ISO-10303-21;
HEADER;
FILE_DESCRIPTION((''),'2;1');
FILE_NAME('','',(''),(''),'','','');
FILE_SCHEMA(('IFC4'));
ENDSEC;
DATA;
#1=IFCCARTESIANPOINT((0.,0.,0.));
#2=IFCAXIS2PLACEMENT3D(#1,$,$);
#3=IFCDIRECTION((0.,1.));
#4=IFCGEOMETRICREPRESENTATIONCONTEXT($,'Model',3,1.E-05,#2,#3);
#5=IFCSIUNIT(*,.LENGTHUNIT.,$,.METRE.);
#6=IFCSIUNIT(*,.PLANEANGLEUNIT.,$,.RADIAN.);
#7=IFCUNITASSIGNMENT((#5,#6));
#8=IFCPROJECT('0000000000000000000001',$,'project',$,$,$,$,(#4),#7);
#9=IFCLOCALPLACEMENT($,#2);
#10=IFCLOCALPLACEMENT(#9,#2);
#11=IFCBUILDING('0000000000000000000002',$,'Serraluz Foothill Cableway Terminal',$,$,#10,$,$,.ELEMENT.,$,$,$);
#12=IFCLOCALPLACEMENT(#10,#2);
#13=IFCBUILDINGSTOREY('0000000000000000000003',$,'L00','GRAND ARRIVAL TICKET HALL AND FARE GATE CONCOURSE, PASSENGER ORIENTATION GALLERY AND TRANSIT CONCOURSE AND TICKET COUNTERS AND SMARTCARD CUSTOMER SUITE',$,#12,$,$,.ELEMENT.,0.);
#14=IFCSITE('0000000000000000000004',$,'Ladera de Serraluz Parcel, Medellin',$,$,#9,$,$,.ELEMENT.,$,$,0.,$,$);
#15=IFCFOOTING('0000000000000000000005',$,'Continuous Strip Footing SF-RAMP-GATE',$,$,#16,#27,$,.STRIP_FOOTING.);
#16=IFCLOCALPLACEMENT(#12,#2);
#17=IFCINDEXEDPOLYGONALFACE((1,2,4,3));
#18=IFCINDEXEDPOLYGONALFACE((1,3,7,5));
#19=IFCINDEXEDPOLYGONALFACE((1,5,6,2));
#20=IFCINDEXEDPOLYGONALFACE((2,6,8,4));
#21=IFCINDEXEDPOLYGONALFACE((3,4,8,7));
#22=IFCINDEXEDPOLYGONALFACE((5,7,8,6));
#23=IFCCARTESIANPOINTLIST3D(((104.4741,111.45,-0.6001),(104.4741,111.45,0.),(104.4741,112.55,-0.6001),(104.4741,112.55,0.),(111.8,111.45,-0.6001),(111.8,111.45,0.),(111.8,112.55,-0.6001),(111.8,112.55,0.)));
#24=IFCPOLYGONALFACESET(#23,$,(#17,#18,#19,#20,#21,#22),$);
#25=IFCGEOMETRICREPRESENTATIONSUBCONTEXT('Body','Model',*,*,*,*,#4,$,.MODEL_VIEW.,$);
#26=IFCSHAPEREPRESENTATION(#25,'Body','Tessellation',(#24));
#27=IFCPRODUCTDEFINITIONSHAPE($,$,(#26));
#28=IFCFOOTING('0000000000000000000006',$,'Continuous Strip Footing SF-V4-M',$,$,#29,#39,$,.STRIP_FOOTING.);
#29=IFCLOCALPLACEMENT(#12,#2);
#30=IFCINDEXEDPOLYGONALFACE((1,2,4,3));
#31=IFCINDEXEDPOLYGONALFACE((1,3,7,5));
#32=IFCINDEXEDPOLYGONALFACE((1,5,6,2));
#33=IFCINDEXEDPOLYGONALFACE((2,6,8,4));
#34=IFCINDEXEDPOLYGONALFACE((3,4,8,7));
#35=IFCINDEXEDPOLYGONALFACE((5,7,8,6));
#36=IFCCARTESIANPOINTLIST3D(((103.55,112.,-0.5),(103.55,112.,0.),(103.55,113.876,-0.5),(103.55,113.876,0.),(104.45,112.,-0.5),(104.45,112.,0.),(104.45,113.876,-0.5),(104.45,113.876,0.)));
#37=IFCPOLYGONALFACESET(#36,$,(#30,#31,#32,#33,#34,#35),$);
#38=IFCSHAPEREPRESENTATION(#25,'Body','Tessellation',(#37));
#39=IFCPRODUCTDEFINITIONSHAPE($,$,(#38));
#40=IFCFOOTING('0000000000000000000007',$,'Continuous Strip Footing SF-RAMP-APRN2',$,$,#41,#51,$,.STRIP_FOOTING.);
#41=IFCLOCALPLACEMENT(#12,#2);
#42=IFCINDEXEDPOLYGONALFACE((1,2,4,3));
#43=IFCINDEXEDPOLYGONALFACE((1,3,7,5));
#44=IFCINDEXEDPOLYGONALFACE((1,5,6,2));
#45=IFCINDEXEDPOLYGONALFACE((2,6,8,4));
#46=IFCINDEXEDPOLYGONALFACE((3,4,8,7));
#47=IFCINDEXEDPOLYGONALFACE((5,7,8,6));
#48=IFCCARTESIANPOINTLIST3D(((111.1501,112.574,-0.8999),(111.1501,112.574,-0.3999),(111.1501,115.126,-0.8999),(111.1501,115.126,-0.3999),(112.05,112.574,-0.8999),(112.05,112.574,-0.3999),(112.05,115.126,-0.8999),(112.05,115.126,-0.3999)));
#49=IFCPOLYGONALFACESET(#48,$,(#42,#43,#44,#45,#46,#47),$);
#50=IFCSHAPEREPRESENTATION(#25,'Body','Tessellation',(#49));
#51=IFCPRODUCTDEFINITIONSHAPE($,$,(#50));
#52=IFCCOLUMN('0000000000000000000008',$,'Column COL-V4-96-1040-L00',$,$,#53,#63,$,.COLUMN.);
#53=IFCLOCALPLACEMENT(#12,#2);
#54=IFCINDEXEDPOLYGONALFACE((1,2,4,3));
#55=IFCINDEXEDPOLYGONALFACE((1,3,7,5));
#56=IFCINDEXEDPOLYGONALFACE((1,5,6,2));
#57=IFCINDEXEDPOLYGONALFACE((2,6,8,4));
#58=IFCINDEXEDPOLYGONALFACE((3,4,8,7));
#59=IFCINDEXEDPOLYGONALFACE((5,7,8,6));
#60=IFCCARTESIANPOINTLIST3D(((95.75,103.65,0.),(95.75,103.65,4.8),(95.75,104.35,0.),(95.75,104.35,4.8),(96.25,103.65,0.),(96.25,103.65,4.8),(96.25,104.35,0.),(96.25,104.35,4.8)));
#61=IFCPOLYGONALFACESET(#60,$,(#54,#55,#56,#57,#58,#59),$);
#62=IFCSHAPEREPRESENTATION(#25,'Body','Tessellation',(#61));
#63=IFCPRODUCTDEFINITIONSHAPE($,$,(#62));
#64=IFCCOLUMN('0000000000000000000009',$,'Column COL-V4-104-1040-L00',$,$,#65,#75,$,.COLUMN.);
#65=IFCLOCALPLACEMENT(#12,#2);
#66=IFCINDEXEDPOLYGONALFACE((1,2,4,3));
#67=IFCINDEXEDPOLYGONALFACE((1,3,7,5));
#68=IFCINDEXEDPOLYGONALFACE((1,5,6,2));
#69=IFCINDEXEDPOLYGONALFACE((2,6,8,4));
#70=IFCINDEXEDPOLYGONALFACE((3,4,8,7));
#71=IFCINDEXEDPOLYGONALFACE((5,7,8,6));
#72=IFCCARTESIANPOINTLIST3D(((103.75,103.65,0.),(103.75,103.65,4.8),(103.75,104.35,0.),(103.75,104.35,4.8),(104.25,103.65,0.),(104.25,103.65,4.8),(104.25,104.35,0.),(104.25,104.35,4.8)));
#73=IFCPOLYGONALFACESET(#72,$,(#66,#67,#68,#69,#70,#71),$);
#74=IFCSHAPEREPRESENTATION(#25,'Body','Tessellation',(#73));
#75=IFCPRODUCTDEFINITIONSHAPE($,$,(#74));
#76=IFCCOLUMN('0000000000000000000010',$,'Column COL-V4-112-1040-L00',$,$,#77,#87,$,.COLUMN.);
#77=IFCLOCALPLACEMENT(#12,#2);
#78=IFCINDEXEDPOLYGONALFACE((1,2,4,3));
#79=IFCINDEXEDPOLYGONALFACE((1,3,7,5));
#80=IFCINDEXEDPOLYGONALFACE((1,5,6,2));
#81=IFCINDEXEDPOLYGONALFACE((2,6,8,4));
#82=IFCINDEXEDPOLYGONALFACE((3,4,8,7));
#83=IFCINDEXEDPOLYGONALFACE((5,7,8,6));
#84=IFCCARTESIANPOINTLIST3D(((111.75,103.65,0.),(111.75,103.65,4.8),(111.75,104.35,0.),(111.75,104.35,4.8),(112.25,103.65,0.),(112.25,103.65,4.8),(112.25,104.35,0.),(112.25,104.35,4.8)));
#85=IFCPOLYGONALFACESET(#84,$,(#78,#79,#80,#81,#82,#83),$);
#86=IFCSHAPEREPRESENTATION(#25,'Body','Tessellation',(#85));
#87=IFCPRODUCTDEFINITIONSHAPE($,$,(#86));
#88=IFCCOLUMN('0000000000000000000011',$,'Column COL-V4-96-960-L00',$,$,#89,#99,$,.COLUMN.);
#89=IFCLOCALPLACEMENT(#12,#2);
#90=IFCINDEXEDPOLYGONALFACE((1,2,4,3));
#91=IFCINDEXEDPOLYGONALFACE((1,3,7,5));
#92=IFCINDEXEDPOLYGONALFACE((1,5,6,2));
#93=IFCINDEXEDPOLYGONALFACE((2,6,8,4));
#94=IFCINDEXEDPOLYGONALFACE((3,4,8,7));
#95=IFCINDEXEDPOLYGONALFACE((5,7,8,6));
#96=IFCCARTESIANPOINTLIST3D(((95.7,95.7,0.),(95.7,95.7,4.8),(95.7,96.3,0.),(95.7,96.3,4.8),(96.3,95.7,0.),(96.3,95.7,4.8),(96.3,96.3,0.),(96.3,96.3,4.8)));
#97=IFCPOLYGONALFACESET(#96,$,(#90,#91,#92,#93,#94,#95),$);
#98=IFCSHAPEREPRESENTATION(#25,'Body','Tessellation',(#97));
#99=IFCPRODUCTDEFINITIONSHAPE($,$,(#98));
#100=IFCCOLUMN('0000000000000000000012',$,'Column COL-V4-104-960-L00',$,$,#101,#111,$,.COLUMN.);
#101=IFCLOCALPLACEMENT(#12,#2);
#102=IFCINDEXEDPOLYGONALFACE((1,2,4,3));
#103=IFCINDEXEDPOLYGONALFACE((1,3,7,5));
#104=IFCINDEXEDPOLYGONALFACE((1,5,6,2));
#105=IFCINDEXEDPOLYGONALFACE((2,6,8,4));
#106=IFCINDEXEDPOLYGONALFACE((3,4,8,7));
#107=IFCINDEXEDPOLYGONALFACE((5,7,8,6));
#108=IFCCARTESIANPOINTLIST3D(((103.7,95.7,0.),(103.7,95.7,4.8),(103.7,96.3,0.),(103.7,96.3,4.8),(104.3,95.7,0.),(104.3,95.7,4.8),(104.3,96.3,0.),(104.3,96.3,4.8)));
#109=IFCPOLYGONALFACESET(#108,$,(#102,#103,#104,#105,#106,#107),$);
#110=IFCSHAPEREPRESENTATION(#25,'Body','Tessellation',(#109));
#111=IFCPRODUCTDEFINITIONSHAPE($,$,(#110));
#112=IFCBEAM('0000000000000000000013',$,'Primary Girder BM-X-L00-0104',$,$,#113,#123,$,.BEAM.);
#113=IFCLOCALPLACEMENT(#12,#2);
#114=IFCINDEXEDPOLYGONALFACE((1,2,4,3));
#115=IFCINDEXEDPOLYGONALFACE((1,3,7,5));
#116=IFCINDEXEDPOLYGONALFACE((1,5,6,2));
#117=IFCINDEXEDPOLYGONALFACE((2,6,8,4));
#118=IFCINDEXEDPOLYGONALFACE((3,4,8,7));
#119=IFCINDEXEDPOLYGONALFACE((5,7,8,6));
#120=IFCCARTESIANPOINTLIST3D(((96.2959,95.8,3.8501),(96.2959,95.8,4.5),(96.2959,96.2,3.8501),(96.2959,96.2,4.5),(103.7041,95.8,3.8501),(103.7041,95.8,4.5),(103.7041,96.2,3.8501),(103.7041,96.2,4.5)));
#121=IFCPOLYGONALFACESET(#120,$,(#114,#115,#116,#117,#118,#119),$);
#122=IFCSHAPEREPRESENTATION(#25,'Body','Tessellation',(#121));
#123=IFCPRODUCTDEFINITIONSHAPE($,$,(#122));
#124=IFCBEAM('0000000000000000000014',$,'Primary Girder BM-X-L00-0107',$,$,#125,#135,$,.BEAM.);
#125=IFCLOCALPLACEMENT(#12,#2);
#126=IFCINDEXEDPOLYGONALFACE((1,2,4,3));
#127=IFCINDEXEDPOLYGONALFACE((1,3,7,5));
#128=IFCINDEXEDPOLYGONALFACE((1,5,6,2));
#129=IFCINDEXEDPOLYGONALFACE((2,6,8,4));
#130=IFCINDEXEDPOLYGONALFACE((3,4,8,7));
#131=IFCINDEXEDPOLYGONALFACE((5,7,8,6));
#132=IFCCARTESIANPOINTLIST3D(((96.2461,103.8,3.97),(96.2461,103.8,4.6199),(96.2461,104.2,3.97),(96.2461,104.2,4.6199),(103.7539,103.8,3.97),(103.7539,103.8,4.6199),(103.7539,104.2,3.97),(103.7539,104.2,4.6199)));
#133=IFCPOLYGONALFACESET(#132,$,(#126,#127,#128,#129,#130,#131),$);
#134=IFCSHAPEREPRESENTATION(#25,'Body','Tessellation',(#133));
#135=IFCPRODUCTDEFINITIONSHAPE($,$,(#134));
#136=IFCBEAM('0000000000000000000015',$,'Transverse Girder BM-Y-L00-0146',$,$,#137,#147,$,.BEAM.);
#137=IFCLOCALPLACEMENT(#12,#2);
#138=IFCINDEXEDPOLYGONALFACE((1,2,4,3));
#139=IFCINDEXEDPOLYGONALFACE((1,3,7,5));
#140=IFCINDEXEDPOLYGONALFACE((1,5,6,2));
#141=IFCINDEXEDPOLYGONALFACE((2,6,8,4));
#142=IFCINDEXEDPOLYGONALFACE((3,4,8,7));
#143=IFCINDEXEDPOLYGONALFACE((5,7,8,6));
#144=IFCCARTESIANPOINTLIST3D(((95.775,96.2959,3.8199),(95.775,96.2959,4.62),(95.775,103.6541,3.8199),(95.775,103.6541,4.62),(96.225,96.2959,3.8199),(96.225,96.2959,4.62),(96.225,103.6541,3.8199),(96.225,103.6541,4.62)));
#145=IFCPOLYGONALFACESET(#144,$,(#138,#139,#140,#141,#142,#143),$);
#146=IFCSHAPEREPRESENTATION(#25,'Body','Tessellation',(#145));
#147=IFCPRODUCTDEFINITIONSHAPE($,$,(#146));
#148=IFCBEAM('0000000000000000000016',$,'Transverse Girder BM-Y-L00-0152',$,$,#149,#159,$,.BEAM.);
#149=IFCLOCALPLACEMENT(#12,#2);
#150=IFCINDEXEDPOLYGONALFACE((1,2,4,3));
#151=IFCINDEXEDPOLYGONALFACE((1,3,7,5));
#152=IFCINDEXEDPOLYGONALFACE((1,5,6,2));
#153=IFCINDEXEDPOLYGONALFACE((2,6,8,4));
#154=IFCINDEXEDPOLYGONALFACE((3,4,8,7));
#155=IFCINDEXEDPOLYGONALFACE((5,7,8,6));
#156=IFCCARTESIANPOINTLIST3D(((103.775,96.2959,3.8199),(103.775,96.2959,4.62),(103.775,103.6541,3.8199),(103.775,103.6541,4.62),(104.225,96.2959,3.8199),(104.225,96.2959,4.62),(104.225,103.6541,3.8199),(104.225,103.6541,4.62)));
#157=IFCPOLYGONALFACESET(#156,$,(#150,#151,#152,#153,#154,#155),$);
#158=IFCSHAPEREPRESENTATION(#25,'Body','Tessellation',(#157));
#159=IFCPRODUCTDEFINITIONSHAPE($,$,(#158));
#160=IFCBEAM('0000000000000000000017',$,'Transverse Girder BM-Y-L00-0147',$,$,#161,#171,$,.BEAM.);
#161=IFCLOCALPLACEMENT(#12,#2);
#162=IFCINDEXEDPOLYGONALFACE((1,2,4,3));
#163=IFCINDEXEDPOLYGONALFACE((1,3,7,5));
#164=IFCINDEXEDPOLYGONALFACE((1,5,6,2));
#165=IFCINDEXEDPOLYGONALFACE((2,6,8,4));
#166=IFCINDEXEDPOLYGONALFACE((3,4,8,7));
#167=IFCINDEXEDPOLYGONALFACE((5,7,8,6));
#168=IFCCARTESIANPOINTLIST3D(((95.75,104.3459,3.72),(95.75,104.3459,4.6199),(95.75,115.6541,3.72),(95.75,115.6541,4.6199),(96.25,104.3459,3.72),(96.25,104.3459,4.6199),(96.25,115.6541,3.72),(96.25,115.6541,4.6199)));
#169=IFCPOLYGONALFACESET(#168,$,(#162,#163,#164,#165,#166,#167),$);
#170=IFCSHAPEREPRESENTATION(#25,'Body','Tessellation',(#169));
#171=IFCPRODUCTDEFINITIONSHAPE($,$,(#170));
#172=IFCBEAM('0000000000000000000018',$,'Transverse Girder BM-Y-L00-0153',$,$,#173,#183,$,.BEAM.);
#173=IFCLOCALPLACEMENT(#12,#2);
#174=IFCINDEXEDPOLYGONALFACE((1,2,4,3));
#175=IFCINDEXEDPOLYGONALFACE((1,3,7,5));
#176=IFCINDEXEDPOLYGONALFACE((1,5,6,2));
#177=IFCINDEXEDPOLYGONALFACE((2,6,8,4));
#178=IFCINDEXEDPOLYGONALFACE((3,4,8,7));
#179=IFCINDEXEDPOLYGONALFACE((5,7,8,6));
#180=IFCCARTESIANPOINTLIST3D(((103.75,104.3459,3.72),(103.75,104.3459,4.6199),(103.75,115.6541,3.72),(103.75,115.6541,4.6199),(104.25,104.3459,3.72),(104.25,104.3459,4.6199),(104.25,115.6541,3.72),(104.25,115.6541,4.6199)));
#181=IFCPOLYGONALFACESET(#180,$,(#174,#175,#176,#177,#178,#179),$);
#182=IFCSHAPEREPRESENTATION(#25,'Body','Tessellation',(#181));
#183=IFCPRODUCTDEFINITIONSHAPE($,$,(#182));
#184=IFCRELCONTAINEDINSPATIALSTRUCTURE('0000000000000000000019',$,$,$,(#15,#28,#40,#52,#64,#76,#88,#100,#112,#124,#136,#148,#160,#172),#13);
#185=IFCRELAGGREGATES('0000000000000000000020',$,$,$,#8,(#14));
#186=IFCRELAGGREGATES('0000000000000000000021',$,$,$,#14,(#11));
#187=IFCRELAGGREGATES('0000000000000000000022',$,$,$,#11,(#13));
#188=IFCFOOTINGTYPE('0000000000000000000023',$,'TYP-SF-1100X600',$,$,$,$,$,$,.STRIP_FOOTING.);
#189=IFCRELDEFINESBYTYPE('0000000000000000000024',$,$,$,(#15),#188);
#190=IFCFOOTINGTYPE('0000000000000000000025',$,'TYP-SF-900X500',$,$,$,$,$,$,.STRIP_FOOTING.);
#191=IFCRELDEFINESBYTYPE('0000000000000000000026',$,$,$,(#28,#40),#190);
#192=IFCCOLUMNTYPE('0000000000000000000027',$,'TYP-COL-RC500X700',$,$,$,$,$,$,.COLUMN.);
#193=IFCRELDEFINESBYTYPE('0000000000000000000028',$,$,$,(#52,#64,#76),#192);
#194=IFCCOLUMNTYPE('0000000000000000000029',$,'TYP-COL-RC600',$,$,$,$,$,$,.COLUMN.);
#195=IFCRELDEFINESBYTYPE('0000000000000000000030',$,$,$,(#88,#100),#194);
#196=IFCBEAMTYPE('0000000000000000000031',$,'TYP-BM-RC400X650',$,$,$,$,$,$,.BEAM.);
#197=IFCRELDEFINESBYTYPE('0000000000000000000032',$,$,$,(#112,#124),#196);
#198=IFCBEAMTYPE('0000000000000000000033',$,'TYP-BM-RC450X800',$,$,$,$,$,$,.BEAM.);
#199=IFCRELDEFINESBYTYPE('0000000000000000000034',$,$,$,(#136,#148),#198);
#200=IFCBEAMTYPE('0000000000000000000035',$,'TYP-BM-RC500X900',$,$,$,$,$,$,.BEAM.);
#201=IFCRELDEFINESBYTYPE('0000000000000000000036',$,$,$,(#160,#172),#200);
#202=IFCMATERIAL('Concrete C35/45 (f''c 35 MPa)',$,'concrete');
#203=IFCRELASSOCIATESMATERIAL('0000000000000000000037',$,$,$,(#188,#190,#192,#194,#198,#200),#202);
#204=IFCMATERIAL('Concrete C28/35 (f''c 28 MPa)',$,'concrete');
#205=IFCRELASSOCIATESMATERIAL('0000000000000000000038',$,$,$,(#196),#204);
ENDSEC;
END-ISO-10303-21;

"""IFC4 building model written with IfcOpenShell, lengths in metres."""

from ifc_helpers import new_model, si_unit, direction, frame, origin, origin_2d, place, context, subcontext, project, spatial, rectangle, extrude, material, material_profile, profile_set, type_object, element, save


model = new_model("IFC4")

# Units and contexts
model_context = context("Model", 3, precision=1e-05, world=origin(), true_north=direction((0.0, 1.0)))
body_context = subcontext(model_context, "Body", "Model", "MODEL_VIEW")
ifc_project = project(units=[si_unit("LENGTHUNIT", "METRE"), si_unit("PLANEANGLEUNIT", "RADIAN")], contexts=[model_context])

# Site, building, storey
site_placement = place(None, origin())
site = spatial("IfcSite", under=ifc_project, at=site_placement, Name="Ladera de Serraluz Parcel, Medellin", CompositionType="ELEMENT", RefElevation=0.0)
building_placement = place(site_placement, origin())
building = spatial("IfcBuilding", under=site, at=building_placement, Name="Serraluz Foothill Cableway Terminal", CompositionType="ELEMENT")
storey_placement = place(building_placement, origin())
storey = spatial("IfcBuildingStorey", under=building, at=storey_placement, Name="L00", Description="GRAND ARRIVAL TICKET HALL AND FARE GATE CONCOURSE, PASSENGER ORIENTATION GALLERY AND TRANSIT CONCOURSE AND TICKET COUNTERS AND SMARTCARD CUSTOMER SUITE", CompositionType="ELEMENT", Elevation=0.0)

# Footings
ifc_material_1 = material(Name="Concrete C35/45 (f'c 35 MPa)", Category="concrete")
ifc_material_profile_1 = material_profile(ifc_material_1, rectangle(XDim=1.1001, YDim=0.6001, at=origin_2d()), Name="SF 1100x600")
ifc_profile_set_1 = profile_set([ifc_material_profile_1], Name="Concrete C35/45 (f'c 35 MPa)")
footing_type_1 = type_object("IfcFootingType", Name="TYP-SF-1100X600", PredefinedType="STRIP_FOOTING", material=ifc_profile_set_1)
footing_1_placement = place(storey_placement, frame((104.4741, 112.0, -0.3), z_axis=(1.0, 0.0, 0.0), x_axis=(0.0, 1.0, 0.0)))
element("IfcFooting", 1, at=footing_1_placement, inside=storey, type_object=footing_type_1, Name="Continuous Strip Footing SF-RAMP-GATE", PredefinedType="STRIP_FOOTING", context=body_context, shape_type="SweptSolid", body=[
    extrude(rectangle(XDim=1.1001, YDim=0.6001, at=origin_2d()), origin(), (0.0, 0.0, 1.0), 7.3259),
])
ifc_material_profile_2 = material_profile(ifc_material_1, rectangle(XDim=0.8999, YDim=0.5, at=origin_2d()), Name="SF 900x500")
ifc_profile_set_2 = profile_set([ifc_material_profile_2], Name="Concrete C35/45 (f'c 35 MPa)")
footing_type_2 = type_object("IfcFootingType", Name="TYP-SF-900X500", PredefinedType="STRIP_FOOTING", material=ifc_profile_set_2)
footing_2_placement = place(storey_placement, frame((104.0, 112.0, -0.25), z_axis=(0.0, 1.0, 0.0), x_axis=(-1.0, 0.0, 0.0)))
element("IfcFooting", 2, at=footing_2_placement, inside=storey, type_object=footing_type_2, Name="Continuous Strip Footing SF-V4-M", PredefinedType="STRIP_FOOTING", context=body_context, shape_type="SweptSolid", body=[
    extrude(rectangle(XDim=0.8999, YDim=0.5, at=origin_2d()), origin(), (0.0, 0.0, 1.0), 1.876),
])
footing_3_placement = place(storey_placement, frame((111.6001, 112.574, -0.6499), z_axis=(0.0, 1.0, 0.0), x_axis=(-1.0, 0.0, 0.0)))
element("IfcFooting", 3, at=footing_3_placement, inside=storey, type_object=footing_type_2, Name="Continuous Strip Footing SF-RAMP-APRN2", PredefinedType="STRIP_FOOTING", context=body_context, shape_type="SweptSolid", body=[
    extrude(rectangle(XDim=0.8999, YDim=0.5, at=origin_2d()), origin(), (0.0, 0.0, 1.0), 2.552),
])

# Columns
ifc_material_profile_3 = material_profile(ifc_material_1, rectangle(XDim=0.5, YDim=0.7, at=origin_2d()), Name="RC 500x700")
ifc_profile_set_3 = profile_set([ifc_material_profile_3], Name="Concrete C35/45 (f'c 35 MPa)")
column_type_1 = type_object("IfcColumnType", Name="TYP-COL-RC500X700", PredefinedType="COLUMN", material=ifc_profile_set_3)
for number, where, z_axis, x_axis, name in (
    (4, (96.0, 104.0, 0.0), (0.0, 0.0, 1.0), (1.0, 0.0, 0.0), "Column COL-V4-96-1040-L00"),
    (5, (104.0, 104.0, 0.0), (0.0, 0.0, 1.0), (1.0, 0.0, 0.0), "Column COL-V4-104-1040-L00"),
    (6, (112.0, 104.0, 0.0), (0.0, 0.0, 1.0), (1.0, 0.0, 0.0), "Column COL-V4-112-1040-L00"),
):
    element("IfcColumn", number, at=place(storey_placement, frame(where, z_axis=z_axis, x_axis=x_axis)), inside=storey, type_object=column_type_1, Name=name, PredefinedType="COLUMN", context=body_context, shape_type="SweptSolid", body=[
        extrude(rectangle(XDim=0.5, YDim=0.7, at=origin_2d()), origin(), (0.0, 0.0, 1.0), 4.8),
    ])
ifc_material_profile_4 = material_profile(ifc_material_1, rectangle(XDim=0.6001, YDim=0.6001, at=origin_2d()), Name="RC 600x600")
ifc_profile_set_4 = profile_set([ifc_material_profile_4], Name="Concrete C35/45 (f'c 35 MPa)")
column_type_2 = type_object("IfcColumnType", Name="TYP-COL-RC600", PredefinedType="COLUMN", material=ifc_profile_set_4)
for number, where, z_axis, x_axis, name in (
    (7, (96.0, 96.0, 0.0), (0.0, 0.0, 1.0), (1.0, 0.0, 0.0), "Column COL-V4-96-960-L00"),
    (8, (104.0, 96.0, 0.0), (0.0, 0.0, 1.0), (1.0, 0.0, 0.0), "Column COL-V4-104-960-L00"),
):
    element("IfcColumn", number, at=place(storey_placement, frame(where, z_axis=z_axis, x_axis=x_axis)), inside=storey, type_object=column_type_2, Name=name, PredefinedType="COLUMN", context=body_context, shape_type="SweptSolid", body=[
        extrude(rectangle(XDim=0.6001, YDim=0.6001, at=origin_2d()), origin(), (0.0, 0.0, 1.0), 4.8),
    ])

# Beams
ifc_material_2 = material(Name="Concrete C28/35 (f'c 28 MPa)", Category="concrete")
ifc_material_profile_5 = material_profile(ifc_material_2, rectangle(XDim=0.3999, YDim=0.6499, at=origin_2d()), Name="RC 400x650")
ifc_profile_set_5 = profile_set([ifc_material_profile_5], Name="Concrete C28/35 (f'c 28 MPa)")
beam_type_1 = type_object("IfcBeamType", Name="TYP-BM-RC400X650", PredefinedType="BEAM", material=ifc_profile_set_5)
beam_1_placement = place(storey_placement, frame((96.2959, 96.0, 4.175), z_axis=(1.0, 0.0, 0.0), x_axis=(0.0, 1.0, 0.0)))
element("IfcBeam", 9, at=beam_1_placement, inside=storey, type_object=beam_type_1, Name="Primary Girder BM-X-L00-0104", PredefinedType="BEAM", context=body_context, shape_type="SweptSolid", body=[
    extrude(rectangle(XDim=0.3999, YDim=0.6499, at=origin_2d()), origin(), (0.0, 0.0, 1.0), 7.4082),
])
beam_2_placement = place(storey_placement, frame((96.2461, 104.0, 4.2949), z_axis=(1.0, 0.0, 0.0), x_axis=(0.0, 1.0, 0.0)))
element("IfcBeam", 10, at=beam_2_placement, inside=storey, type_object=beam_type_1, Name="Primary Girder BM-X-L00-0107", PredefinedType="BEAM", context=body_context, shape_type="SweptSolid", body=[
    extrude(rectangle(XDim=0.3999, YDim=0.6499, at=origin_2d()), origin(), (0.0, 0.0, 1.0), 7.5078),
])
ifc_material_profile_6 = material_profile(ifc_material_1, rectangle(XDim=0.45, YDim=0.8, at=origin_2d()), Name="RC 450x800")
ifc_profile_set_6 = profile_set([ifc_material_profile_6], Name="Concrete C35/45 (f'c 35 MPa)")
beam_type_2 = type_object("IfcBeamType", Name="TYP-BM-RC450X800", PredefinedType="BEAM", material=ifc_profile_set_6)
for number, where, z_axis, x_axis, name in (
    (11, (96.0, 96.2959, 4.22), (0.0, 1.0, 0.0), (-1.0, 0.0, 0.0), "Transverse Girder BM-Y-L00-0146"),
    (12, (104.0, 96.2959, 4.22), (0.0, 1.0, 0.0), (-1.0, 0.0, 0.0), "Transverse Girder BM-Y-L00-0152"),
):
    element("IfcBeam", number, at=place(storey_placement, frame(where, z_axis=z_axis, x_axis=x_axis)), inside=storey, type_object=beam_type_2, Name=name, PredefinedType="BEAM", context=body_context, shape_type="SweptSolid", body=[
        extrude(rectangle(XDim=0.45, YDim=0.8, at=origin_2d()), origin(), (0.0, 0.0, 1.0), 7.3582),
    ])
ifc_material_profile_7 = material_profile(ifc_material_1, rectangle(XDim=0.5, YDim=0.8999, at=origin_2d()), Name="RC 500x900")
ifc_profile_set_7 = profile_set([ifc_material_profile_7], Name="Concrete C35/45 (f'c 35 MPa)")
beam_type_3 = type_object("IfcBeamType", Name="TYP-BM-RC500X900", PredefinedType="BEAM", material=ifc_profile_set_7)
for number, where, z_axis, x_axis, name in (
    (13, (96.0, 104.3459, 4.1699), (0.0, 1.0, 0.0), (-1.0, 0.0, 0.0), "Transverse Girder BM-Y-L00-0147"),
    (14, (104.0, 104.3459, 4.1699), (0.0, 1.0, 0.0), (-1.0, 0.0, 0.0), "Transverse Girder BM-Y-L00-0153"),
):
    element("IfcBeam", number, at=place(storey_placement, frame(where, z_axis=z_axis, x_axis=x_axis)), inside=storey, type_object=beam_type_3, Name=name, PredefinedType="BEAM", context=body_context, shape_type="SweptSolid", body=[
        extrude(rectangle(XDim=0.5, YDim=0.8999, at=origin_2d()), origin(), (0.0, 0.0, 1.0), 11.3081),
    ])

save(model, "model.ifc")
